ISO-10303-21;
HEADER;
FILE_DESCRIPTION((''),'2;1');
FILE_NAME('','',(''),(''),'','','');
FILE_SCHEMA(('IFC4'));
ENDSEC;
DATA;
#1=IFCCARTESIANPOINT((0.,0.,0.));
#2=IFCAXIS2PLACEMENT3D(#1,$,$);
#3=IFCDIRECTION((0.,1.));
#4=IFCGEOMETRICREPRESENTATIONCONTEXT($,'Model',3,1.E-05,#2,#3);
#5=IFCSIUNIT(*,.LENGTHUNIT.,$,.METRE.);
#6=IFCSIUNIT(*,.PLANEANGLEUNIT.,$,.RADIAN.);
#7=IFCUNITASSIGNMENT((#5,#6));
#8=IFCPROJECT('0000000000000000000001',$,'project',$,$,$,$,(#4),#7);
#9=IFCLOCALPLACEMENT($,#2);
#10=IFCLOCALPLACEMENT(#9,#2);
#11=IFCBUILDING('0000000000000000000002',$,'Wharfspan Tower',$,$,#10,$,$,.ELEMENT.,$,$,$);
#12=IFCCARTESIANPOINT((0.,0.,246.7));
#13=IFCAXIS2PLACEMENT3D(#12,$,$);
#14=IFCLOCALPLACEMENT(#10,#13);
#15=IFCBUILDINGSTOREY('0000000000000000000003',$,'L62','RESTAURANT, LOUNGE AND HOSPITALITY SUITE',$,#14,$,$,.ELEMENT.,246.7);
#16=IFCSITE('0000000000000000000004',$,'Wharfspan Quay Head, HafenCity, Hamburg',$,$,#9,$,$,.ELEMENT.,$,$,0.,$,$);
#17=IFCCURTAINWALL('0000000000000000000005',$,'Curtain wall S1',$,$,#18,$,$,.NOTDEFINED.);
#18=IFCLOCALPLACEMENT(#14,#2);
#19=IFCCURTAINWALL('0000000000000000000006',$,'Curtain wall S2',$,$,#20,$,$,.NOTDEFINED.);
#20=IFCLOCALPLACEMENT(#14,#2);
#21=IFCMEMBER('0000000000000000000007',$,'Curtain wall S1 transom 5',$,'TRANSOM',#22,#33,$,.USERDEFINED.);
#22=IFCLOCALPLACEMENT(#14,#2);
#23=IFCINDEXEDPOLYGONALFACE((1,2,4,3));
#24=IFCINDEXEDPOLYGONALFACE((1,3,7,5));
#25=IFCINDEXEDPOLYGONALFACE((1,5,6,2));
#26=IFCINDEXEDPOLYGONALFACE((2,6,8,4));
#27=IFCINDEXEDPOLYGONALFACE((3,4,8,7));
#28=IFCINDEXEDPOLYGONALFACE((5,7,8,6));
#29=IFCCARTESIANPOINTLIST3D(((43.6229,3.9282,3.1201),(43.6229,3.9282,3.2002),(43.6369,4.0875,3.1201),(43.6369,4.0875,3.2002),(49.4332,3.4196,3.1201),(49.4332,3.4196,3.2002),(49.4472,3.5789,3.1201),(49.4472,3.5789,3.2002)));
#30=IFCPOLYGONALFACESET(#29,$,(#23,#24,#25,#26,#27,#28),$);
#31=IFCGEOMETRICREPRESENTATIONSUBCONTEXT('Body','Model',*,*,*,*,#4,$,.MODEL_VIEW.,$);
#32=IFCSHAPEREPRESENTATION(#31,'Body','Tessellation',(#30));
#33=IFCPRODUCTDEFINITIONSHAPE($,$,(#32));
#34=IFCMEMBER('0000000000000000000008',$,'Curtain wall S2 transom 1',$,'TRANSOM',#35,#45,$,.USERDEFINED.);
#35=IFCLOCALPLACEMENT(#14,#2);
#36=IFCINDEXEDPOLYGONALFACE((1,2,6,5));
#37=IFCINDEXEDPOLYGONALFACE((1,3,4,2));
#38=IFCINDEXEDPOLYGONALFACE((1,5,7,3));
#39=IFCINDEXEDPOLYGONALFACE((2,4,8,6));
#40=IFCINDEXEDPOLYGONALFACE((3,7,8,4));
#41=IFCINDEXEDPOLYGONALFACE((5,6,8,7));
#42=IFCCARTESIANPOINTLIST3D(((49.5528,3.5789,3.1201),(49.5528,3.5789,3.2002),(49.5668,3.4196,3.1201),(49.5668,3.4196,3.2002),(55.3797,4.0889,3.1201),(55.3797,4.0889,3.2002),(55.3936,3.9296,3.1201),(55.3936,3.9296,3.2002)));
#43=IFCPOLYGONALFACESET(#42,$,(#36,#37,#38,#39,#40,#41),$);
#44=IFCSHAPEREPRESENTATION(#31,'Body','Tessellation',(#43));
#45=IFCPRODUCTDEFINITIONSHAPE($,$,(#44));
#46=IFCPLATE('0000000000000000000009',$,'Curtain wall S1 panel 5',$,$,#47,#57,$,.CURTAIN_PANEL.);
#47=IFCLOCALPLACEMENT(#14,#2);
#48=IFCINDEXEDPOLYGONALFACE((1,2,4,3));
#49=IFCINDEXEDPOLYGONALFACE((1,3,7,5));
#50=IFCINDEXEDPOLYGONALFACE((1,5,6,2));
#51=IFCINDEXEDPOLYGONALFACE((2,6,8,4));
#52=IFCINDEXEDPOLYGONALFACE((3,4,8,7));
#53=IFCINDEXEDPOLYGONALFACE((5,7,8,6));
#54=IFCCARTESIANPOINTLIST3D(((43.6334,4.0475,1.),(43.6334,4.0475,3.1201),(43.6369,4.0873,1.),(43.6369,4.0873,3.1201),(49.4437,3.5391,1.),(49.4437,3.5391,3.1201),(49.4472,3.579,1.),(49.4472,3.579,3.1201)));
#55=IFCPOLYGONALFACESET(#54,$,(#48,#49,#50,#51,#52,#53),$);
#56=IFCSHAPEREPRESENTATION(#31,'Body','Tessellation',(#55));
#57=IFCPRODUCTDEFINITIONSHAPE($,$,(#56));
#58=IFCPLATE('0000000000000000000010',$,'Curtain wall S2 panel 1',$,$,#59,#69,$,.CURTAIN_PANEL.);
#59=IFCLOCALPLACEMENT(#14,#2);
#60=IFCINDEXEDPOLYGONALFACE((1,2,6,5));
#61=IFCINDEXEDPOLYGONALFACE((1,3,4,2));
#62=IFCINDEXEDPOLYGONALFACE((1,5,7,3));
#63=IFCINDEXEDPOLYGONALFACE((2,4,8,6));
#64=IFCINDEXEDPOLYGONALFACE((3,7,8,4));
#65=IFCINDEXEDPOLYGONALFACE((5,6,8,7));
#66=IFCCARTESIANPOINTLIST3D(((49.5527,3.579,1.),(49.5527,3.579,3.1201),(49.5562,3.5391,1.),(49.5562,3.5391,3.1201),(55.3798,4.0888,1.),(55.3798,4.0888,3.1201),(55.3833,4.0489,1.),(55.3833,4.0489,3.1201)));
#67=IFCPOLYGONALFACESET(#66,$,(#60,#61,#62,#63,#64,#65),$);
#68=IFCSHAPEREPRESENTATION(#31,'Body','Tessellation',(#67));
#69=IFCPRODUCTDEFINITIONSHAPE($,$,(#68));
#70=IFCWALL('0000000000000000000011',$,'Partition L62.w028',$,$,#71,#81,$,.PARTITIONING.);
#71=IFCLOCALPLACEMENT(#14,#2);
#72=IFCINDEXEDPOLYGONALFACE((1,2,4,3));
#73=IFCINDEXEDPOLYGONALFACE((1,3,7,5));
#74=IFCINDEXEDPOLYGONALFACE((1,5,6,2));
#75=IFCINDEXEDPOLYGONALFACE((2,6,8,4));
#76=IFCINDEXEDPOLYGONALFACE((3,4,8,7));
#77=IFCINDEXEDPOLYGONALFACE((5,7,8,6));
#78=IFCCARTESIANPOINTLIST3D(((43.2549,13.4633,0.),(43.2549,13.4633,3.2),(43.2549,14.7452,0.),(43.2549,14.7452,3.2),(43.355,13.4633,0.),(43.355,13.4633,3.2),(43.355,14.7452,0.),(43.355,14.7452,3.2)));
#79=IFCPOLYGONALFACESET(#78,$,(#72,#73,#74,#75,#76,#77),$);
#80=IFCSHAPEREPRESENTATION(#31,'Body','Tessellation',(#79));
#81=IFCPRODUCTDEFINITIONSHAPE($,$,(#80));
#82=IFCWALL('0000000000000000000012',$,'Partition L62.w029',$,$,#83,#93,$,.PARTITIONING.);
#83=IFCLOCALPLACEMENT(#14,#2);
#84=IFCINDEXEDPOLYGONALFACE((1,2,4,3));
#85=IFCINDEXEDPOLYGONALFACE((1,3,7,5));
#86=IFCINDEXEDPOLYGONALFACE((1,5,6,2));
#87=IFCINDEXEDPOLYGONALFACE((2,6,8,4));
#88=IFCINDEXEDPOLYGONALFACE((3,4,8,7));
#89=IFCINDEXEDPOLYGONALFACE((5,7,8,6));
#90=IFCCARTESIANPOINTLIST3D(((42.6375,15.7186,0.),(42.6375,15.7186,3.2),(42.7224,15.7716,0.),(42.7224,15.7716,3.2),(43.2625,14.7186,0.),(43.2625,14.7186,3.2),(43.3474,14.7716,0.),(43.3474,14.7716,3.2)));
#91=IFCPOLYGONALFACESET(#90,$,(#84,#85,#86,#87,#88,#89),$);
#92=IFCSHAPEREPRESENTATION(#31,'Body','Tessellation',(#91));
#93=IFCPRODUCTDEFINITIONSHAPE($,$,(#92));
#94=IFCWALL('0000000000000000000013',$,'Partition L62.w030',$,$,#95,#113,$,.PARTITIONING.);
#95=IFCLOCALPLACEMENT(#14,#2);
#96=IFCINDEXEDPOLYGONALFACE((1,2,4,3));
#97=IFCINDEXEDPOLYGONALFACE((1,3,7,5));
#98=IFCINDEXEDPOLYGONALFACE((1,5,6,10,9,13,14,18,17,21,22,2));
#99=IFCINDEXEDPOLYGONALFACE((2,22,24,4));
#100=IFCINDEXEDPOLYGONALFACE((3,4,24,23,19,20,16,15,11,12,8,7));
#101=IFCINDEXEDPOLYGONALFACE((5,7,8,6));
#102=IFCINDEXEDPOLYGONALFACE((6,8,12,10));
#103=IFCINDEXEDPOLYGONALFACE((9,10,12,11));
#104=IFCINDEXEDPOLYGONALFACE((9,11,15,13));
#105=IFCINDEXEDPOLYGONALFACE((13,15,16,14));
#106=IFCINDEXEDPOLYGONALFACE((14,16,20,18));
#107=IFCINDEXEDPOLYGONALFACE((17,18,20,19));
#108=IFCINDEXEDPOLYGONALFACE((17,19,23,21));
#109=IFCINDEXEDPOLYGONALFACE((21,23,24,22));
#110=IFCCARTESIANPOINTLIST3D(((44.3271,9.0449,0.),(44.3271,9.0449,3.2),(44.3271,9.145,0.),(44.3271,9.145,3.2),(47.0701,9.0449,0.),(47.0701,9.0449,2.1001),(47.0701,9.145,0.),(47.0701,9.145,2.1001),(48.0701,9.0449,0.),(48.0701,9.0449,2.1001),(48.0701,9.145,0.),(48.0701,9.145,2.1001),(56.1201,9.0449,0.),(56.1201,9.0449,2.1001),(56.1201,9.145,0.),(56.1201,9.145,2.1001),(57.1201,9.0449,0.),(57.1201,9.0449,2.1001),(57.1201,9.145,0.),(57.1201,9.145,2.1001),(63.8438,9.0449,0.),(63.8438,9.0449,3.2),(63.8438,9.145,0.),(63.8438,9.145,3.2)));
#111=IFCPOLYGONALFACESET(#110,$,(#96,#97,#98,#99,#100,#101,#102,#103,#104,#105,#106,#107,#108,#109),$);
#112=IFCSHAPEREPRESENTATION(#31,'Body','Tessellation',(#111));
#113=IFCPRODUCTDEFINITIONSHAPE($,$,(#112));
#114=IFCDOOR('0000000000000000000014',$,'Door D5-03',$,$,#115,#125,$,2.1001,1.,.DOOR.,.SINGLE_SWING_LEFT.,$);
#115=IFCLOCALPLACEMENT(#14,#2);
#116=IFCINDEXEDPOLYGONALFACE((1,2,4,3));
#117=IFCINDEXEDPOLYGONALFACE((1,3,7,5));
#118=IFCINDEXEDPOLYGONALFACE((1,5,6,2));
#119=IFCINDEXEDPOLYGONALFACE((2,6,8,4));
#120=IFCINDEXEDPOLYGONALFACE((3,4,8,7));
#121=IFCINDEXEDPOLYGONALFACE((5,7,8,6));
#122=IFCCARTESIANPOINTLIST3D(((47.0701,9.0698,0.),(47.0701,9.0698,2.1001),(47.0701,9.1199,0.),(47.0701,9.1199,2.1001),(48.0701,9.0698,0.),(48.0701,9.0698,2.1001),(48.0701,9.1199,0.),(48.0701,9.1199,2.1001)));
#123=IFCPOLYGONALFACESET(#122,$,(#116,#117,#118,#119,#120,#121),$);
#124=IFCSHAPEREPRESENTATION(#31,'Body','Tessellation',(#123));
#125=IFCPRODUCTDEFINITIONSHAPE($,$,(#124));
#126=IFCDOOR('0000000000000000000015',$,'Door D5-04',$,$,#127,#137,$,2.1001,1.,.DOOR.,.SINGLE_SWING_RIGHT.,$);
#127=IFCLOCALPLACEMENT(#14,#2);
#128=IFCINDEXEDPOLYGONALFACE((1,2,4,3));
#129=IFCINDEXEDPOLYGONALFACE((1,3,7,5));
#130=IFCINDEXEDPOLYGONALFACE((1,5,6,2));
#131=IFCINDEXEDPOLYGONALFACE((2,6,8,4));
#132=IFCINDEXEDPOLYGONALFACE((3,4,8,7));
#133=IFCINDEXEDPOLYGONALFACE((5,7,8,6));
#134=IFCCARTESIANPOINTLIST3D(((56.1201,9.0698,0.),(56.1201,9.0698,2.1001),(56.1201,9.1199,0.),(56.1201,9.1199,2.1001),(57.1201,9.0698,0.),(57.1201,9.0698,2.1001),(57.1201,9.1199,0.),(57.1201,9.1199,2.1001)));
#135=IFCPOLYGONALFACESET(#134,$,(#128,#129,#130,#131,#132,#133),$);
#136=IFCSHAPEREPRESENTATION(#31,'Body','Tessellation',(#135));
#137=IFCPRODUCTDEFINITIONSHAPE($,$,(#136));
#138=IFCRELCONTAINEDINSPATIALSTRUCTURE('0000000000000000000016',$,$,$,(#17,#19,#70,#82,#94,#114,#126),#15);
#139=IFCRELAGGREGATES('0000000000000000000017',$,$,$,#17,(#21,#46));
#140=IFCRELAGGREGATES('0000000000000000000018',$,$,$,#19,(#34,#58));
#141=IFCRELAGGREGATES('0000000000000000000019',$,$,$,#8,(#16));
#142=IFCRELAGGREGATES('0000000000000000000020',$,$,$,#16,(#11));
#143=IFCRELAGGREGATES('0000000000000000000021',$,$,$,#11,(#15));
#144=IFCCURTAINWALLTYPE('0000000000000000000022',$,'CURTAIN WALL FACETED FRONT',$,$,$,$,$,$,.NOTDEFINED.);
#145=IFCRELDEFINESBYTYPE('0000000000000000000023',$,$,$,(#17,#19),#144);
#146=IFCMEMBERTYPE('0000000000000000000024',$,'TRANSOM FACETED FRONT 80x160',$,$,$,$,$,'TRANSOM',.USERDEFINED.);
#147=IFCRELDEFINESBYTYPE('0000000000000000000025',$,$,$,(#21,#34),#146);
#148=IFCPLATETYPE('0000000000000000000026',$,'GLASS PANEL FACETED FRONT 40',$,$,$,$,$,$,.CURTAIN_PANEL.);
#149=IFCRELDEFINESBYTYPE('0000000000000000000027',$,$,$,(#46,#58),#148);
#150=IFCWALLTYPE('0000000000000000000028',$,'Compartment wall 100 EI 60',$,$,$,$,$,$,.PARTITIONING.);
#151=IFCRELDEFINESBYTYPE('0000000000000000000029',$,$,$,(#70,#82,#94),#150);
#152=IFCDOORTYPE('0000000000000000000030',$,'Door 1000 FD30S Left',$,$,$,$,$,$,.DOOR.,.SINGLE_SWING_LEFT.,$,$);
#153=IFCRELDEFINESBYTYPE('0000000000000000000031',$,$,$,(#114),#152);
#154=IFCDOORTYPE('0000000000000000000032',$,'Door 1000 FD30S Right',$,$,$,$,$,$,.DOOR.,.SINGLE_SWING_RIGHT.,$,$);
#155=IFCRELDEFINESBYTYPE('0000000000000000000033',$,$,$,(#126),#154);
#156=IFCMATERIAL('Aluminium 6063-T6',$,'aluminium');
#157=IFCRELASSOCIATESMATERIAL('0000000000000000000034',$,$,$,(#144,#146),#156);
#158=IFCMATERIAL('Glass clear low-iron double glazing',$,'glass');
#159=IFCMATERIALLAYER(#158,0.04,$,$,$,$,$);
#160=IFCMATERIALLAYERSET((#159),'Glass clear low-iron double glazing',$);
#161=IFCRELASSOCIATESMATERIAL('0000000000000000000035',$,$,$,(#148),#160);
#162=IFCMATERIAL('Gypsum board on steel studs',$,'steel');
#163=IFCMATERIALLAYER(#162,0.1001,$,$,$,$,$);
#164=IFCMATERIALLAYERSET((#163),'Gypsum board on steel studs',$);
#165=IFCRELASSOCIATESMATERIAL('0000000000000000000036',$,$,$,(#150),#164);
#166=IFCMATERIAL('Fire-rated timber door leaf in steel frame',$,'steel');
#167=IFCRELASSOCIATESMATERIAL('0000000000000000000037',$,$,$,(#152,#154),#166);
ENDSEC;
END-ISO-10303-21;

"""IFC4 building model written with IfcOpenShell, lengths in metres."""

from ifc_helpers import new_model, si_unit, direction, frame, frame_2d, origin, origin_2d, place, context, subcontext, project, spatial, rectangle, extrude, material, layer, layer_set, material_profile, profile_set, type_object, element, fill, aggregate, save


model = new_model("IFC4")

# Units and contexts
model_context = context("Model", 3, precision=1e-05, world=origin(), true_north=direction((0.0, 1.0)))
body_context = subcontext(model_context, "Body", "Model", "MODEL_VIEW")
ifc_project = project(units=[si_unit("LENGTHUNIT", "METRE"), si_unit("PLANEANGLEUNIT", "RADIAN")], contexts=[model_context])

# Site, building, storey
site_placement = place(None, origin())
site = spatial("IfcSite", under=ifc_project, at=site_placement, Name="Wharfspan Quay Head, HafenCity, Hamburg", CompositionType="ELEMENT", RefElevation=0.0)
building_placement = place(site_placement, origin())
building = spatial("IfcBuilding", under=site, at=building_placement, Name="Wharfspan Tower", CompositionType="ELEMENT")
storey_placement = place(building_placement, frame((0.0, 0.0, 246.7)))
storey = spatial("IfcBuildingStorey", under=building, at=storey_placement, Name="L62", Description="RESTAURANT, LOUNGE AND HOSPITALITY SUITE", CompositionType="ELEMENT", Elevation=246.7)

# Curtain wall
ifc_material_1 = material(Name="Aluminium 6063-T6", Category="aluminium")
curtain_wall_type = type_object("IfcCurtainWallType", Name="CURTAIN WALL FACETED FRONT", PredefinedType="NOTDEFINED", material=ifc_material_1)
curtain_wall_1_placement = place(storey_placement, origin())
curtain_wall_1 = element("IfcCurtainWall", 1, at=curtain_wall_1_placement, inside=storey, type_object=curtain_wall_type, Name="Curtain wall S1", PredefinedType="NOTDEFINED")

# Curtain wall
curtain_wall_2_placement = place(storey_placement, origin())
curtain_wall_2 = element("IfcCurtainWall", 2, at=curtain_wall_2_placement, inside=storey, type_object=curtain_wall_type, Name="Curtain wall S2", PredefinedType="NOTDEFINED")

# Members
ifc_material_profile_1 = material_profile(ifc_material_1, rectangle(XDim=0.1599, YDim=0.0801, at=origin_2d()))
ifc_profile_set_1 = profile_set([ifc_material_profile_1], Name="Aluminium 6063-T6")
member_type_1 = type_object("IfcMemberType", Name="TRANSOM FACETED FRONT 80x160", ElementType="TRANSOM", PredefinedType="USERDEFINED", material=ifc_profile_set_1)
member_1_placement = place(storey_placement, frame((43.6299, 4.0078, 3.1602), z_axis=(0.996192, -0.087191, 0.0), x_axis=(0.087191, 0.996192, 0.0)))
member_1 = element("IfcMember", 3, at=member_1_placement, type_object=member_type_1, Name="Curtain wall S1 transom 5", ObjectType="TRANSOM", PredefinedType="USERDEFINED", context=body_context, shape_type="SweptSolid", body=[
    extrude(rectangle(XDim=0.1599, YDim=0.0801, at=origin_2d()), origin(), (0.0, 0.0, 1.0), 5.8325),
])
member_2_placement = place(storey_placement, frame((49.5598, 3.4993, 3.1602), z_axis=(0.996191, 0.087193, 0.0), x_axis=(-0.087193, 0.996191, 0.0)))
member_2 = element("IfcMember", 4, at=member_2_placement, type_object=member_type_1, Name="Curtain wall S2 transom 1", ObjectType="TRANSOM", PredefinedType="USERDEFINED", context=body_context, shape_type="SweptSolid", body=[
    extrude(rectangle(XDim=0.1599, YDim=0.0801, at=origin_2d()), origin(), (0.0, 0.0, 1.0), 5.8491),
])

# Plates
ifc_material_2 = material(Name="Glass clear low-iron double glazing", Category="glass")
ifc_layer_1 = layer(ifc_material_2, 0.04)
ifc_layer_set_1 = layer_set([ifc_layer_1], Name="Glass clear low-iron double glazing")
plate_type = type_object("IfcPlateType", Name="GLASS PANEL FACETED FRONT 40", PredefinedType="CURTAIN_PANEL", material=ifc_layer_set_1)
plate_1_placement = place(storey_placement, frame((46.5403, 3.8132, 1.0), z_axis=(0.0, 0.0, 1.0), x_axis=(0.996197, -0.087156, 0.0)))
plate_1 = element("IfcPlate", 5, at=plate_1_placement, type_object=plate_type, Name="Curtain wall S1 panel 5", PredefinedType="CURTAIN_PANEL", context=body_context, shape_type="SweptSolid", body=[
    extrude(rectangle(XDim=5.8325, YDim=0.04, at=origin_2d()), origin(), (0.0, 0.0, 1.0), 2.1201),
])
aggregate(curtain_wall_1, [member_1, plate_1])
plate_2_placement = place(storey_placement, frame((52.468, 3.814, 1.0), z_axis=(0.0, 0.0, 1.0), x_axis=(0.996197, 0.087156, 0.0)))
plate_2 = element("IfcPlate", 6, at=plate_2_placement, type_object=plate_type, Name="Curtain wall S2 panel 1", PredefinedType="CURTAIN_PANEL", context=body_context, shape_type="SweptSolid", body=[
    extrude(rectangle(XDim=5.8494, YDim=0.04, at=origin_2d()), origin(), (0.0, 0.0, 1.0), 2.1201),
])
aggregate(curtain_wall_2, [member_2, plate_2])

# Walls
ifc_material_3 = material(Name="Gypsum board on steel studs", Category="steel")
ifc_layer_2 = layer(ifc_material_3, 0.1001)
ifc_layer_set_2 = layer_set([ifc_layer_2], Name="Gypsum board on steel studs")
wall_type_1 = type_object("IfcWallType", Name="Compartment wall 100 EI 60", PredefinedType="PARTITIONING", material=ifc_layer_set_2)
wall_1_placement = place(storey_placement, frame((43.3049, 13.4631, 0.0), z_axis=(0.0, 0.0, 1.0), x_axis=(0.0, 1.0, 0.0)))
element("IfcWall", 7, at=wall_1_placement, inside=storey, type_object=wall_type_1, Name="Partition L62.w028", PredefinedType="PARTITIONING", context=body_context, shape_type="SweptSolid", body=[
    extrude(rectangle(XDim=1.282, YDim=0.1001, at=frame_2d((0.6411, 0.0))), origin(), (0.0, 0.0, 1.0), 3.2),
])
wall_2_placement = place(storey_placement, frame((43.3049, 14.7451, 0.0), z_axis=(0.0, 0.0, 1.0), x_axis=(-0.53, 0.848, 0.0)))
element("IfcWall", 8, at=wall_2_placement, inside=storey, type_object=wall_type_1, Name="Partition L62.w029", PredefinedType="PARTITIONING", context=body_context, shape_type="SweptSolid", body=[
    extrude(rectangle(XDim=1.1792, YDim=0.1001, at=frame_2d((0.5896, 0.0))), origin(), (0.0, 0.0, 1.0), 3.2),
])

# Wall, openings, doors
wall_3_placement = place(storey_placement, frame((44.3271, 9.095, 0.0), z_axis=(0.0, 0.0, 1.0), x_axis=(1.0, 0.0, 0.0)))
wall_3 = element("IfcWall", 9, at=wall_3_placement, inside=storey, type_object=wall_type_1, Name="Partition L62.w030", PredefinedType="PARTITIONING", context=body_context, shape_type="SweptSolid", body=[
    extrude(rectangle(XDim=19.5166, YDim=0.1001, at=frame_2d((9.7583, 0.0))), origin(), (0.0, 0.0, 1.0), 3.2),
])
opening_1_placement = place(wall_3_placement, frame((2.7429, 0.0, 0.0)))
opening_1 = element("IfcOpeningElement", 10, at=opening_1_placement, cuts=wall_3, PredefinedType="OPENING", context=body_context, shape_type="SweptSolid", body=[
    extrude(rectangle(XDim=1.0, YDim=2.1001, at=frame_2d((0.5, 1.05))), frame((0.0, 0.0601, 0.0), z_axis=(0.0, -1.0, 0.0), x_axis=(1.0, 0.0, 0.0)), (0.0, 0.0, 1.0), 0.1201),
])
opening_2_placement = place(wall_3_placement, frame((11.793, 0.0, 0.0)))
opening_2 = element("IfcOpeningElement", 11, at=opening_2_placement, cuts=wall_3, PredefinedType="OPENING", context=body_context, shape_type="SweptSolid", body=[
    extrude(rectangle(XDim=1.0, YDim=2.1001, at=frame_2d((0.5, 1.05))), frame((0.0, 0.0601, 0.0), z_axis=(0.0, -1.0, 0.0), x_axis=(1.0, 0.0, 0.0)), (0.0, 0.0, 1.0), 0.1201),
])
ifc_material_4 = material(Name="Fire-rated timber door leaf in steel frame", Category="steel")
door_type_1 = type_object("IfcDoorType", Name="Door 1000 FD30S Left", OperationType="SINGLE_SWING_LEFT", PredefinedType="DOOR", material=ifc_material_4)
door_1_placement = place(opening_1_placement, origin())
door_1 = element("IfcDoor", 12, at=door_1_placement, inside=storey, type_object=door_type_1, Name="Door D5-03", OperationType="SINGLE_SWING_LEFT", OverallHeight=2.1001, OverallWidth=1.0, PredefinedType="DOOR", context=body_context, shape_type="SweptSolid", body=[
    extrude(rectangle(XDim=1.0, YDim=2.1001, at=frame_2d((0.5, 1.05))), frame((0.0, 0.0249, 0.0), z_axis=(0.0, -1.0, 0.0), x_axis=(1.0, 0.0, 0.0)), (0.0, 0.0, 1.0), 0.05),
])
fill(opening_1, door_1)
door_type_2 = type_object("IfcDoorType", Name="Door 1000 FD30S Right", OperationType="SINGLE_SWING_RIGHT", PredefinedType="DOOR", material=ifc_material_4)
door_2_placement = place(opening_2_placement, origin())
door_2 = element("IfcDoor", 13, at=door_2_placement, inside=storey, type_object=door_type_2, Name="Door D5-04", OperationType="SINGLE_SWING_RIGHT", OverallHeight=2.1001, OverallWidth=1.0, PredefinedType="DOOR", context=body_context, shape_type="SweptSolid", body=[
    extrude(rectangle(XDim=1.0, YDim=2.1001, at=frame_2d((0.5, 1.05))), frame((0.0, 0.0249, 0.0), z_axis=(0.0, -1.0, 0.0), x_axis=(1.0, 0.0, 0.0)), (0.0, 0.0, 1.0), 0.05),
])
fill(opening_2, door_2)

save(model, "model.ifc")
